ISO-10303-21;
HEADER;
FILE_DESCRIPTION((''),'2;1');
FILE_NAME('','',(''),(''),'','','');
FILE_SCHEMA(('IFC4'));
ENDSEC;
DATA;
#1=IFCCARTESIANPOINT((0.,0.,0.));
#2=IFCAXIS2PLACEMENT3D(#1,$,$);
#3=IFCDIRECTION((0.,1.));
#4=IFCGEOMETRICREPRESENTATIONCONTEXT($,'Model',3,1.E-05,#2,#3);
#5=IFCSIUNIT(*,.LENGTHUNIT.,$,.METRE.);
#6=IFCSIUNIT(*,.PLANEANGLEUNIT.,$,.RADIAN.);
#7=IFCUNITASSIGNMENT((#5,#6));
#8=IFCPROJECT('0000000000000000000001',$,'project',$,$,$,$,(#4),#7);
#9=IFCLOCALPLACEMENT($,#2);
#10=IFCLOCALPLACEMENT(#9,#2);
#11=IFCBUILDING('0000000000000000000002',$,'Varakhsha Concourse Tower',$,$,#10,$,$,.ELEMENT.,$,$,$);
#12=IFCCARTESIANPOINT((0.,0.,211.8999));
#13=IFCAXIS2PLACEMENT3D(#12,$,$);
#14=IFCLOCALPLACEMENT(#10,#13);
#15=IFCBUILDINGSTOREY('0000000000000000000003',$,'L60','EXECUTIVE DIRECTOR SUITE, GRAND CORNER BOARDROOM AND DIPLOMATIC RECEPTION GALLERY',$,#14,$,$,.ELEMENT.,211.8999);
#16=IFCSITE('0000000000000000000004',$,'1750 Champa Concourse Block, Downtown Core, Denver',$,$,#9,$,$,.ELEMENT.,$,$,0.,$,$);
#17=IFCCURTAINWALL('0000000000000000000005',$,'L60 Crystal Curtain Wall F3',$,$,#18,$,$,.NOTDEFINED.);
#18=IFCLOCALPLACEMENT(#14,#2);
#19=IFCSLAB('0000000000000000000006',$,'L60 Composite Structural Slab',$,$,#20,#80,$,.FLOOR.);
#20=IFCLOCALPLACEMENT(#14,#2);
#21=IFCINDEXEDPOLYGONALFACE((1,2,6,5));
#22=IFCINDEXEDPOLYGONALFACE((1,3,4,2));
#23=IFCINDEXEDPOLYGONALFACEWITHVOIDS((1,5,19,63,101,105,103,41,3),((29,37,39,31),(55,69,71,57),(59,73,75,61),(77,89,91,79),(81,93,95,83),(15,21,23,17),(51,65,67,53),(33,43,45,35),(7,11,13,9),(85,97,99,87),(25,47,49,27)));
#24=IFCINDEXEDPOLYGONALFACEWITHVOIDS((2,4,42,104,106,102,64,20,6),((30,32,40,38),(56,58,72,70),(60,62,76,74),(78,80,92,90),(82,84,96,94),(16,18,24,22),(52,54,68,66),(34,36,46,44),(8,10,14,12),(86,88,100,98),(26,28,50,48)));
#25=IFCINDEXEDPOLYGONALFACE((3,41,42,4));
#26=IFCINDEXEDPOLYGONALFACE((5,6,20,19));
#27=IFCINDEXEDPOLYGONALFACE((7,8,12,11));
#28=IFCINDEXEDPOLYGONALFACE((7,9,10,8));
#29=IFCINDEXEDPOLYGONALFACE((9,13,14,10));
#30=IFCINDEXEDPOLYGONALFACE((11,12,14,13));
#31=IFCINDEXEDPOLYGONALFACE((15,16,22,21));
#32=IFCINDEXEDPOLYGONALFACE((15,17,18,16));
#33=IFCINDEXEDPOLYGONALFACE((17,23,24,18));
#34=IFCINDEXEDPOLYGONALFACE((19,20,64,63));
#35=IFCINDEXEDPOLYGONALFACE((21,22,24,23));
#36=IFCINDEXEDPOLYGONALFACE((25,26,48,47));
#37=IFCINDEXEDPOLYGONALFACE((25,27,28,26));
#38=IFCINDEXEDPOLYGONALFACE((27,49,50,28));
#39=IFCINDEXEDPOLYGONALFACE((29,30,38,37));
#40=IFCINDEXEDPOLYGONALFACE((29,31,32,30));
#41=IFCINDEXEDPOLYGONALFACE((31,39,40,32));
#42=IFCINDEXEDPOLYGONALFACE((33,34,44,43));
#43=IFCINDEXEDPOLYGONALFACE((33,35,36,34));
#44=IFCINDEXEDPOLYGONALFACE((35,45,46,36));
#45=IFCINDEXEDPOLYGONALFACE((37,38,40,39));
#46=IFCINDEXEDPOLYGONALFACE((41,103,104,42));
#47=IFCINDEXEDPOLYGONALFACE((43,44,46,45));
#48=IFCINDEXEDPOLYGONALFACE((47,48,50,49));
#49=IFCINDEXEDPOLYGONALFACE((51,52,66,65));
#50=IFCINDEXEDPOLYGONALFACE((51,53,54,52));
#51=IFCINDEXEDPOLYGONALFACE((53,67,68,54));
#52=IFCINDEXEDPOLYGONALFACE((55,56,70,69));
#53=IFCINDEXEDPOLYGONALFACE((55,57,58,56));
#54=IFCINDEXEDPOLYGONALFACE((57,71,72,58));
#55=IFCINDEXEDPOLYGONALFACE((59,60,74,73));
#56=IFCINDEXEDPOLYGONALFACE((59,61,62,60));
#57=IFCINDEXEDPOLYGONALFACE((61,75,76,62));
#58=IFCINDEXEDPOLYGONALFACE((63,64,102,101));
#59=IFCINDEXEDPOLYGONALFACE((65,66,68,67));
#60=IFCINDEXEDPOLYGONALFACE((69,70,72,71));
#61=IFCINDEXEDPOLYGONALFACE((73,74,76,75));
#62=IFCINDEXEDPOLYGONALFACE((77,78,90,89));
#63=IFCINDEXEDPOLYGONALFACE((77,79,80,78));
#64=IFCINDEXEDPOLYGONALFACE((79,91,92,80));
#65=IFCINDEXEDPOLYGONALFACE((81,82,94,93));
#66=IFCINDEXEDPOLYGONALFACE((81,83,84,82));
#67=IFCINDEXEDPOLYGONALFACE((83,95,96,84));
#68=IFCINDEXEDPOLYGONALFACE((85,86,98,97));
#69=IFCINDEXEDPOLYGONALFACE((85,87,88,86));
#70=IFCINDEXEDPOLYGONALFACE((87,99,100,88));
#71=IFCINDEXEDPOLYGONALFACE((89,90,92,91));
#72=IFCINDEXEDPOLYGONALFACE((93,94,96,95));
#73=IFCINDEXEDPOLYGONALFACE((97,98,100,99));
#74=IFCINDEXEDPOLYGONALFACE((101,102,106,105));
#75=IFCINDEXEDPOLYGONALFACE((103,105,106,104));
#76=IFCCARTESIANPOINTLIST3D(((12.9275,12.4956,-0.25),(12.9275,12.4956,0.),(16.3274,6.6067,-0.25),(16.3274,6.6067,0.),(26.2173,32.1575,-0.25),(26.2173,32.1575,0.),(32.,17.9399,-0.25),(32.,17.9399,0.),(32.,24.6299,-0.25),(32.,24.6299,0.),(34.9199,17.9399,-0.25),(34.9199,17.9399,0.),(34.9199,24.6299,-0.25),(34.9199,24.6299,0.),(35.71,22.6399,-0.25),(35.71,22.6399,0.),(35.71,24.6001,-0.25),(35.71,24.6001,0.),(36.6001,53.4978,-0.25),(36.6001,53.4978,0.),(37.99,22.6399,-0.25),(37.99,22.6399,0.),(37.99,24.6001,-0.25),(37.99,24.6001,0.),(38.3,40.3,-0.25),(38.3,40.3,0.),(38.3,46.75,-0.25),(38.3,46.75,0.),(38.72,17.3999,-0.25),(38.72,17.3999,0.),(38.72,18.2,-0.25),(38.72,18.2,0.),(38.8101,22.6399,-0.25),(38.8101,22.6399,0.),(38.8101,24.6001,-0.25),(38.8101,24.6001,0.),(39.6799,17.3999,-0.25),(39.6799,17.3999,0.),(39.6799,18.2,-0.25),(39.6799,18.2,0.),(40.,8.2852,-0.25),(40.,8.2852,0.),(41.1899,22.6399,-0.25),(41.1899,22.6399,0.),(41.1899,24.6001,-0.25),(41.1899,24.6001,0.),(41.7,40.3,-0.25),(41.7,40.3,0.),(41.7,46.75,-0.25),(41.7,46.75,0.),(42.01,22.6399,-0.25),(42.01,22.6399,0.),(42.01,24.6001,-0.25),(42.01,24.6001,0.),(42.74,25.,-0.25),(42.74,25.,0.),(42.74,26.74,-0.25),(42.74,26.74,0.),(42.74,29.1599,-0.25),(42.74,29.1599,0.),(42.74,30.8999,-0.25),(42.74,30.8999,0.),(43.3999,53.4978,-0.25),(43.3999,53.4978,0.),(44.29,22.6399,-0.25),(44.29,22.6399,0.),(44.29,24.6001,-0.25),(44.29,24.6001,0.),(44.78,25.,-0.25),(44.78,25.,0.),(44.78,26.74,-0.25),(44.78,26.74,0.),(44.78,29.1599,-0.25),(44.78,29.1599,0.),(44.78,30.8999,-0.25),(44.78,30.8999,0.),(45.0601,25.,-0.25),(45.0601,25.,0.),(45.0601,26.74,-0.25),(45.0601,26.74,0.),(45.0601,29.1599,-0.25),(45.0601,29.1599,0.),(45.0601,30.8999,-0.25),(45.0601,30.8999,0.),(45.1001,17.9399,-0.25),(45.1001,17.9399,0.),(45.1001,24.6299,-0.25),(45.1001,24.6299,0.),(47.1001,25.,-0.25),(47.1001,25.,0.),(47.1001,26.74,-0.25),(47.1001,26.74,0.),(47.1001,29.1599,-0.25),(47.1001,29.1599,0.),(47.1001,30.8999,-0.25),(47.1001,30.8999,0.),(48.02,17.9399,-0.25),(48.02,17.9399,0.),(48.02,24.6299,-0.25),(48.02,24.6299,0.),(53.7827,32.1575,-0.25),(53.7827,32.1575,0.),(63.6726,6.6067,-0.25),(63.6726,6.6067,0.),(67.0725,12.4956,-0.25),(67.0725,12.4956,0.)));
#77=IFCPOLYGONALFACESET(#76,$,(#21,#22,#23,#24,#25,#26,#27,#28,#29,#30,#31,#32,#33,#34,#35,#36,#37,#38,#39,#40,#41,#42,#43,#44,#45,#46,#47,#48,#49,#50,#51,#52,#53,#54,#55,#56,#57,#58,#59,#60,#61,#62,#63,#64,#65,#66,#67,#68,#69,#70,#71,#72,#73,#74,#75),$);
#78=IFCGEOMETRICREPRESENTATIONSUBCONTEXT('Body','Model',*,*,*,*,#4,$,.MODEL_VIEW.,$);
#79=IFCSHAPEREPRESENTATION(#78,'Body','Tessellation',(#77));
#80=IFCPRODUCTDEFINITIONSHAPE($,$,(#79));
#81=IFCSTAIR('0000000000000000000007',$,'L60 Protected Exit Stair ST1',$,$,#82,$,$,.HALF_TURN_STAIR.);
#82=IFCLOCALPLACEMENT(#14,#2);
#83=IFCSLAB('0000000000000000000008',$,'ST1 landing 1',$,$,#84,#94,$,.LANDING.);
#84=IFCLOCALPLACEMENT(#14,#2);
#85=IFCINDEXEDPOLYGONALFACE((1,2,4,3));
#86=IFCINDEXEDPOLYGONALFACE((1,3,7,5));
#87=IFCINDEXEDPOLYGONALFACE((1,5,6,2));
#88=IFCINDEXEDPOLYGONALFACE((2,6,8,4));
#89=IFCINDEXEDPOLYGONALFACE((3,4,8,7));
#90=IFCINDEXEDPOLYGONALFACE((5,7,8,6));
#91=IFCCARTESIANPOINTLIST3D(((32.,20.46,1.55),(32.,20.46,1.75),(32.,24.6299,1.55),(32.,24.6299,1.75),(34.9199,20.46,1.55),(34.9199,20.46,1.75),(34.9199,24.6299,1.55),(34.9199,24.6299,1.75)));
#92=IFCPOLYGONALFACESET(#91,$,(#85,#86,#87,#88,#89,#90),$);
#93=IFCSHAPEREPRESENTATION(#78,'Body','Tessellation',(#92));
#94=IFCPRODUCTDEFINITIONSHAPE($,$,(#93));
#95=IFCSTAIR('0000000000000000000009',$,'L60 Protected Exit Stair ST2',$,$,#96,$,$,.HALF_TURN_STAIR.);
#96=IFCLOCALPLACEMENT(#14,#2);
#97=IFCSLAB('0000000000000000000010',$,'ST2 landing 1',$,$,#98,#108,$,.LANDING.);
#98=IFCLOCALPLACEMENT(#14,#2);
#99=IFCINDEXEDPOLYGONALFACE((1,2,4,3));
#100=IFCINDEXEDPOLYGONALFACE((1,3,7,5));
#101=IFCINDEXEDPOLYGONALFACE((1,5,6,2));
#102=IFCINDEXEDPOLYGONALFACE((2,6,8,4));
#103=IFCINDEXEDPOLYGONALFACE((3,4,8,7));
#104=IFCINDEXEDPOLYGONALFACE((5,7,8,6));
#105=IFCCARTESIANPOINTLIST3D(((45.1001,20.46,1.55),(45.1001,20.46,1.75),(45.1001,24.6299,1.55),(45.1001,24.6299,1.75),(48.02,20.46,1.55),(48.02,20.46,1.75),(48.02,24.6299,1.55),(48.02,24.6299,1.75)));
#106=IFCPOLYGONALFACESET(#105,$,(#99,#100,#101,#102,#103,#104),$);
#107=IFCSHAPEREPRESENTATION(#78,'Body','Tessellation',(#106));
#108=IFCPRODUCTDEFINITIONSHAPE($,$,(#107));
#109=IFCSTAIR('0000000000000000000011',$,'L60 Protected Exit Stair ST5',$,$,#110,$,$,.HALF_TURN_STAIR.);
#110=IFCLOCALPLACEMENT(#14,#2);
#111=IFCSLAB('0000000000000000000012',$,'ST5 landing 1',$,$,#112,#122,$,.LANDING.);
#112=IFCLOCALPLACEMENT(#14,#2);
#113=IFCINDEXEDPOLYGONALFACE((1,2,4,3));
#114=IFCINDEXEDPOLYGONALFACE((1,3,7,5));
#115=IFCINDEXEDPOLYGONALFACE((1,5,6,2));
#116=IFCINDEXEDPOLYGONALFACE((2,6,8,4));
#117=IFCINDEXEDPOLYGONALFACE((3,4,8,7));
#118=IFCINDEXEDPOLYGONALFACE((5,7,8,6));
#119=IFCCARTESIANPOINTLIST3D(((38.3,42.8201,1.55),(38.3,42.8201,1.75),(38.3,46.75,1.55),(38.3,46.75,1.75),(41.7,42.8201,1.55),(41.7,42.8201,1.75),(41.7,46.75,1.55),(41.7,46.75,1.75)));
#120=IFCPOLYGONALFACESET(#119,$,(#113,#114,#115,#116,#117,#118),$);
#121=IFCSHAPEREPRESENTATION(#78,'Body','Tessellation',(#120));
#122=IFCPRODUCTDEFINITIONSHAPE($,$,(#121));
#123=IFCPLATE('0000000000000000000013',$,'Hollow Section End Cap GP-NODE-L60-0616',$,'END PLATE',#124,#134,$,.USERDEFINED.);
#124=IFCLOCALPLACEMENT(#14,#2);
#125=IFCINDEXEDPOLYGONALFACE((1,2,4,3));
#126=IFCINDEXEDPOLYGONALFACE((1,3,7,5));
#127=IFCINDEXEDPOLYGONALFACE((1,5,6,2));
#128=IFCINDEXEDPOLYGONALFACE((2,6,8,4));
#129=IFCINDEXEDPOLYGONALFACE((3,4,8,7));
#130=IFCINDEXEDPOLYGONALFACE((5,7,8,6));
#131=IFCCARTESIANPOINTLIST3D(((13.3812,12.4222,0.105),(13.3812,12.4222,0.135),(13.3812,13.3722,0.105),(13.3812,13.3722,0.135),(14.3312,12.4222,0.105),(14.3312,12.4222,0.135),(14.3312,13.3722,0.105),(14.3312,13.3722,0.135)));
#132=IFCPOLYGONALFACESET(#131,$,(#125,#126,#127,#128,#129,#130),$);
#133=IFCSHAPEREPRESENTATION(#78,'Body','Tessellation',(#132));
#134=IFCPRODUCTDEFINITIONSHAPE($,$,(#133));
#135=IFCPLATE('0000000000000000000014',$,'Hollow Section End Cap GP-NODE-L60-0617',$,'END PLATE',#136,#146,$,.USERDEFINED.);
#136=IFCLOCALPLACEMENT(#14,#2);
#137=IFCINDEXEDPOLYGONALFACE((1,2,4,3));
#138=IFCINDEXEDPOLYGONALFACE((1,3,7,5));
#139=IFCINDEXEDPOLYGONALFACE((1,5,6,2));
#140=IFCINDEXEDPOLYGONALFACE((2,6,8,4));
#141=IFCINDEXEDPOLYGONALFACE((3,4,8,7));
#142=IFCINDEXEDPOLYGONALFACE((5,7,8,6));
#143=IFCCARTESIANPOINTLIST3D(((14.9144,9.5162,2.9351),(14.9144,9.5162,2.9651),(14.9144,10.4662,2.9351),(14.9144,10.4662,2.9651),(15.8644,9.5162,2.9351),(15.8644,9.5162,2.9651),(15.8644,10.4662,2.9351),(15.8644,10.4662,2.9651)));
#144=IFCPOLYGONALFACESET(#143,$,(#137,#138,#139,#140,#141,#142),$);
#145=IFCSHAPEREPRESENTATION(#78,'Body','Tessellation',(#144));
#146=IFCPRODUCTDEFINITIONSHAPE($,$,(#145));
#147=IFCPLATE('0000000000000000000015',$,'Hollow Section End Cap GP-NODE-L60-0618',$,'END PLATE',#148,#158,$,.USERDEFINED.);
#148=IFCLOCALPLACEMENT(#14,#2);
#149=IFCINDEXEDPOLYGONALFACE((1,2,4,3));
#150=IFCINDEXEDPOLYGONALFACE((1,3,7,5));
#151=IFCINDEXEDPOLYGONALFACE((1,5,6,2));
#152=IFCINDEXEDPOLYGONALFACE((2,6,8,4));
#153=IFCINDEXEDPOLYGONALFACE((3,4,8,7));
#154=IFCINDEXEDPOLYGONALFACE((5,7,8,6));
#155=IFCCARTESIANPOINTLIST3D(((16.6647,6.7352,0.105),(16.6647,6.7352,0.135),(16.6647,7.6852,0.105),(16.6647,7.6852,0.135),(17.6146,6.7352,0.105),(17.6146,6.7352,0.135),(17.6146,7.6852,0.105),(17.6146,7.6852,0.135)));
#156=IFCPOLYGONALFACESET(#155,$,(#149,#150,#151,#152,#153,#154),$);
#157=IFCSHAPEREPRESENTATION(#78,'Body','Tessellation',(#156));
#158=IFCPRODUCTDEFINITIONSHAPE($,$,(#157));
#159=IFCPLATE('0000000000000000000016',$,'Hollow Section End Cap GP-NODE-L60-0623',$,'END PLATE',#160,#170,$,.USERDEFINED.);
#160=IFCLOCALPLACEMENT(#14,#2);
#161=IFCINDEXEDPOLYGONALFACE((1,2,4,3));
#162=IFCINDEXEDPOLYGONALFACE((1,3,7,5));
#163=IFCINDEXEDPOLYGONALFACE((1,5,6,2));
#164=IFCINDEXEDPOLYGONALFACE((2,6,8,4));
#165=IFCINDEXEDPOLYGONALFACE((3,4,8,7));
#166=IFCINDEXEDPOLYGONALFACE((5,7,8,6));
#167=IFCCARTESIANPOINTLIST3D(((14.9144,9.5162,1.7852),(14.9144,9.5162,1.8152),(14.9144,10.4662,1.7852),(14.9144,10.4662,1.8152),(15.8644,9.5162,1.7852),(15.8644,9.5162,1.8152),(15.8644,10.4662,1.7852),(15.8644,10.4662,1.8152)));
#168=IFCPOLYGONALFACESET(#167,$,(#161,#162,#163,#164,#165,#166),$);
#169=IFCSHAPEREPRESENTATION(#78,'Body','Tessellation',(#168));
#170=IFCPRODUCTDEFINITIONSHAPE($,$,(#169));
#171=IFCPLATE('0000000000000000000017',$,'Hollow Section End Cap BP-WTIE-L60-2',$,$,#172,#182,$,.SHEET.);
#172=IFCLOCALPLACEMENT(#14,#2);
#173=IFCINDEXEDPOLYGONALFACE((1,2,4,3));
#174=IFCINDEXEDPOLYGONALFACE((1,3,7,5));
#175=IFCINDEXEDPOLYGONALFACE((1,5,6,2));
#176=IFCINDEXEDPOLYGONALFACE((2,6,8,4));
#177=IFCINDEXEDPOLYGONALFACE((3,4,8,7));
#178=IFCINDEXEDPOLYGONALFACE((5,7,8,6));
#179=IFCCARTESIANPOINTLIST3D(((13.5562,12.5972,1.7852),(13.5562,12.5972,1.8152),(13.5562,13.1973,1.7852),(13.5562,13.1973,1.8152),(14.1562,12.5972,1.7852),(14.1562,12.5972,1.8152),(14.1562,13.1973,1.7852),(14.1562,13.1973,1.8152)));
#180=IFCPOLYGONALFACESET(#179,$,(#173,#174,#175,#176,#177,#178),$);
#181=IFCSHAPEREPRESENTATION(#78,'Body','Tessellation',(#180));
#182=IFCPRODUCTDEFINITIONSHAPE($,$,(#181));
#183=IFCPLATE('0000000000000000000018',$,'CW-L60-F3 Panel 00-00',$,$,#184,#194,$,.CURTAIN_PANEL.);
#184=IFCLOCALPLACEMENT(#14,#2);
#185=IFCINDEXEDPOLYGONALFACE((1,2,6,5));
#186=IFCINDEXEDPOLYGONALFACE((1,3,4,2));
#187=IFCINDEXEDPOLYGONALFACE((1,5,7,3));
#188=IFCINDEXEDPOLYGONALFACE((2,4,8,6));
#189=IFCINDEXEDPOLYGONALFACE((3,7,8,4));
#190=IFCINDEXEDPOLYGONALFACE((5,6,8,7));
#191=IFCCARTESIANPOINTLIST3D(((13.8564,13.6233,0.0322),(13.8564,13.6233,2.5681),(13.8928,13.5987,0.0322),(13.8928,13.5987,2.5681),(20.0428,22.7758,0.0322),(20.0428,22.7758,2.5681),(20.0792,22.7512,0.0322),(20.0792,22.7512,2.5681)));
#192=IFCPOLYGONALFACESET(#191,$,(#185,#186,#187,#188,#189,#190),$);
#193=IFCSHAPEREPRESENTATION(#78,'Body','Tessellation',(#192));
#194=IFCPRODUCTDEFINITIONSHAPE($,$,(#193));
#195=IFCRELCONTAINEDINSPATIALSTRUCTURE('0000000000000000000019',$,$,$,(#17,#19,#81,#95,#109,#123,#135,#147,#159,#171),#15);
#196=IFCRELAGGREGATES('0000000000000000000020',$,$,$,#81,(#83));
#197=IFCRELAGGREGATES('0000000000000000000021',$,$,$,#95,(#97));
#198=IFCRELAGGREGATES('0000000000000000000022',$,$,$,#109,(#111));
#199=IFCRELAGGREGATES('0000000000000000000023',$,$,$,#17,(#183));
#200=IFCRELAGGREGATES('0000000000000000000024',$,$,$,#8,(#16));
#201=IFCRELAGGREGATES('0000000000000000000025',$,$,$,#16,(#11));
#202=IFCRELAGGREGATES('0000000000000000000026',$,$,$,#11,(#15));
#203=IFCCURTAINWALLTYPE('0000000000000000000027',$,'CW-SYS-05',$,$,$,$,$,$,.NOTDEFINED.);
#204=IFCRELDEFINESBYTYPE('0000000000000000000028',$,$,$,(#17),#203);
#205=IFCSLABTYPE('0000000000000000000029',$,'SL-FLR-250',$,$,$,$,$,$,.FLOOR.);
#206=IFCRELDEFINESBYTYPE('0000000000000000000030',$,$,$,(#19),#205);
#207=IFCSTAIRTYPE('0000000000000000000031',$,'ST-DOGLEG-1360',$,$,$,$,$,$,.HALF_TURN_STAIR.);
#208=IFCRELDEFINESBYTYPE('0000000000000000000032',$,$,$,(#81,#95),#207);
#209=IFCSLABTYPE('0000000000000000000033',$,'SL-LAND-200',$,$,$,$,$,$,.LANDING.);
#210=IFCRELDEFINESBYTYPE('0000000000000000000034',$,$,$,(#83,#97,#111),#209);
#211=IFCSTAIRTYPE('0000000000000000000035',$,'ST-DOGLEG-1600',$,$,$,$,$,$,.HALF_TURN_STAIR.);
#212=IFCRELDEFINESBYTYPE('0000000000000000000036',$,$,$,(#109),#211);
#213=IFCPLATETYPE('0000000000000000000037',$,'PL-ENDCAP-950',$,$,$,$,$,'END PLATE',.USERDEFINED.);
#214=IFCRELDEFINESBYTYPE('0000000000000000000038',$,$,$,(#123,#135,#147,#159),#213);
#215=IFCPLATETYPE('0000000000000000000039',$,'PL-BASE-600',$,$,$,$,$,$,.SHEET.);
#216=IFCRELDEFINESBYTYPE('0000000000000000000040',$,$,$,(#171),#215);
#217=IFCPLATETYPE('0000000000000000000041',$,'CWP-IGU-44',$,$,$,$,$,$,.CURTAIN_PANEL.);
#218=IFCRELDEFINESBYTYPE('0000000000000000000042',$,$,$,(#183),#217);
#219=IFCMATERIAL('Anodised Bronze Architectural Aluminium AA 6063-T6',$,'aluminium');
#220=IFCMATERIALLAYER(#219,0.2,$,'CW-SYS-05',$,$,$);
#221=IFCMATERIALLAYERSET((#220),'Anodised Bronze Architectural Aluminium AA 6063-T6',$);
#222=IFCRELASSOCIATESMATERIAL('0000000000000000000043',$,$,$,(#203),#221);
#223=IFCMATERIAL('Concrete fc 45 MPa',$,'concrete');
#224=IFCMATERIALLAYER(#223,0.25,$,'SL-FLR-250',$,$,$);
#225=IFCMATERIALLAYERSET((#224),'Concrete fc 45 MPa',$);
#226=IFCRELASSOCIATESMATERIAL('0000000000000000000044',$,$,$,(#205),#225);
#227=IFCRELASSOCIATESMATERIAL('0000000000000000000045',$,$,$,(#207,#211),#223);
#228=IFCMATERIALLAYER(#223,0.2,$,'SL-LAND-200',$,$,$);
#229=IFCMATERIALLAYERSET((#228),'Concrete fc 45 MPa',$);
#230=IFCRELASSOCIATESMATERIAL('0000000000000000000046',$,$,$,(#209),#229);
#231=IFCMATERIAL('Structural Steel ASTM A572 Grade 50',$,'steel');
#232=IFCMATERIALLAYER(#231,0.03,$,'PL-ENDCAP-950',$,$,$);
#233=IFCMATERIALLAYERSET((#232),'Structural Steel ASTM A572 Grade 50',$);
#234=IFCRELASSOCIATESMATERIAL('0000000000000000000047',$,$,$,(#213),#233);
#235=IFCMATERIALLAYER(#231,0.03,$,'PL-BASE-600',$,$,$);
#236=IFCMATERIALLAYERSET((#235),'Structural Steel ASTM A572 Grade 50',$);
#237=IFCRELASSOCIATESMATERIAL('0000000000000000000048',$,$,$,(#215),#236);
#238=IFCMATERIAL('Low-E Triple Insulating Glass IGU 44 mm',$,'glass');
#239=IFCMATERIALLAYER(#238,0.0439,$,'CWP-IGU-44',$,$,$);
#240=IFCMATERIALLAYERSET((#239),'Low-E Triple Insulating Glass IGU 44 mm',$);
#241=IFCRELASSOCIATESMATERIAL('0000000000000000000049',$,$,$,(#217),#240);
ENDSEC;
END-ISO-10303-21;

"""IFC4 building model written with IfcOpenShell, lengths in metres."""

from ifc_helpers import new_model, si_unit, direction, frame, origin, origin_2d, place, context, subcontext, project, spatial, polyline, rectangle, outline, extrude, source, transform, mapped, material, layer, layer_set, type_object, type_shapes, element, aggregate, save


model = new_model("IFC4")

# Units and contexts
model_context = context("Model", 3, precision=1e-05, world=origin(), true_north=direction((0.0, 1.0)))
body_context = subcontext(model_context, "Body", "Model", "MODEL_VIEW")
ifc_project = project(units=[si_unit("LENGTHUNIT", "METRE"), si_unit("PLANEANGLEUNIT", "RADIAN")], contexts=[model_context])

# Site, building, storey
site_placement = place(None, origin())
site = spatial("IfcSite", under=ifc_project, at=site_placement, Name="1750 Champa Concourse Block, Downtown Core, Denver", CompositionType="ELEMENT", RefElevation=0.0)
building_placement = place(site_placement, origin())
building = spatial("IfcBuilding", under=site, at=building_placement, Name="Varakhsha Concourse Tower", CompositionType="ELEMENT")
storey_placement = place(building_placement, frame((0.0, 0.0, 211.8999)))
storey = spatial("IfcBuildingStorey", under=building, at=storey_placement, Name="L60", Description="EXECUTIVE DIRECTOR SUITE, GRAND CORNER BOARDROOM AND DIPLOMATIC RECEPTION GALLERY", CompositionType="ELEMENT", Elevation=211.8999)

# Shared definitions
ifc_material_1 = material(Name="Structural Steel ASTM A572 Grade 50", Category="steel")

# Curtain wall
ifc_material_2 = material(Name="Anodised Bronze Architectural Aluminium AA 6063-T6", Category="aluminium")
ifc_layer_1 = layer(ifc_material_2, 0.2, Name="CW-SYS-05")
ifc_layer_set_1 = layer_set([ifc_layer_1], Name="Anodised Bronze Architectural Aluminium AA 6063-T6")
curtain_wall_type = type_object("IfcCurtainWallType", Name="CW-SYS-05", PredefinedType="NOTDEFINED", material=ifc_layer_set_1)
curtain_wall_1_placement = place(storey_placement, origin())
curtain_wall_1 = element("IfcCurtainWall", 1, at=curtain_wall_1_placement, inside=storey, type_object=curtain_wall_type, Name="L60 Crystal Curtain Wall F3", PredefinedType="NOTDEFINED")

# Slab
ifc_material_3 = material(Name="Concrete fc 45 MPa", Category="concrete")
ifc_layer_2 = layer(ifc_material_3, 0.25, Name="SL-FLR-250")
ifc_layer_set_2 = layer_set([ifc_layer_2], Name="Concrete fc 45 MPa")
slab_type_1 = type_object("IfcSlabType", Name="SL-FLR-250", PredefinedType="FLOOR", material=ifc_layer_set_2)
slab_1_placement = place(storey_placement, frame((0.0, 0.0, -0.25)))
element("IfcSlab", 2, at=slab_1_placement, inside=storey, type_object=slab_type_1, Name="L60 Composite Structural Slab", PredefinedType="FLOOR", context=body_context, shape_type="SweptSolid", body=[
    extrude(outline(polyline([(43.3999, 53.4978), (36.6001, 53.4978), (26.2173, 32.1575), (12.9275, 12.4956), (16.3274, 6.6067), (40.0, 8.2852), (63.6726, 6.6067), (67.0725, 12.4956), (53.7827, 32.1575), (43.3999, 53.4978)]), holes=[polyline([(34.9199, 17.9399), (34.9199, 24.6299), (32.0, 24.6299), (32.0, 17.9399), (34.9199, 17.9399)]), polyline([(48.02, 17.9399), (48.02, 24.6299), (45.1001, 24.6299), (45.1001, 17.9399), (48.02, 17.9399)]), polyline([(41.7, 40.3), (41.7, 46.75), (38.3, 46.75), (38.3, 40.3), (41.7, 40.3)]), polyline([(42.74, 29.1599), (44.78, 29.1599), (44.78, 30.8999), (42.74, 30.8999), (42.74, 29.1599)]), polyline([(45.0601, 29.1599), (47.1001, 29.1599), (47.1001, 30.8999), (45.0601, 30.8999), (45.0601, 29.1599)]), polyline([(42.74, 25.0), (44.78, 25.0), (44.78, 26.74), (42.74, 26.74), (42.74, 25.0)]), polyline([(45.0601, 25.0), (47.1001, 25.0), (47.1001, 26.74), (45.0601, 26.74), (45.0601, 25.0)]), polyline([(35.71, 22.6399), (37.99, 22.6399), (37.99, 24.6001), (35.71, 24.6001), (35.71, 22.6399)]), polyline([(42.01, 22.6399), (44.29, 22.6399), (44.29, 24.6001), (42.01, 24.6001), (42.01, 22.6399)]), polyline([(38.8101, 22.6399), (41.1899, 22.6399), (41.1899, 24.6001), (38.8101, 24.6001), (38.8101, 22.6399)]), polyline([(38.72, 17.3999), (39.6799, 17.3999), (39.6799, 18.2), (38.72, 18.2), (38.72, 17.3999)])]), origin(), (0.0, 0.0, 1.0), 0.25),
])

# Stairs, slabs
stair_type_1 = type_object("IfcStairType", Name="ST-DOGLEG-1360", PredefinedType="HALF_TURN_STAIR", material=ifc_material_3)
stair_1_placement = place(storey_placement, origin())
stair_1 = element("IfcStair", 3, at=stair_1_placement, inside=storey, type_object=stair_type_1, Name="L60 Protected Exit Stair ST1", PredefinedType="HALF_TURN_STAIR")
ifc_layer_3 = layer(ifc_material_3, 0.2, Name="SL-LAND-200")
ifc_layer_set_3 = layer_set([ifc_layer_3], Name="Concrete fc 45 MPa")
slab_type_2 = type_object("IfcSlabType", Name="SL-LAND-200", PredefinedType="LANDING", material=ifc_layer_set_3)
slab_2_placement = place(storey_placement, frame((0.0, 0.0, 1.55)))
slab_2 = element("IfcSlab", 4, at=slab_2_placement, type_object=slab_type_2, Name="ST1 landing 1", PredefinedType="LANDING", context=body_context, shape_type="SweptSolid", body=[
    extrude(outline(polyline([(34.9199, 20.46), (34.9199, 24.6299), (32.0, 24.6299), (32.0, 20.46), (34.9199, 20.46)])), origin(), (0.0, 0.0, 1.0), 0.2),
])
aggregate(stair_1, [slab_2])
stair_2_placement = place(storey_placement, origin())
stair_2 = element("IfcStair", 5, at=stair_2_placement, inside=storey, type_object=stair_type_1, Name="L60 Protected Exit Stair ST2", PredefinedType="HALF_TURN_STAIR")
slab_3_placement = place(storey_placement, frame((0.0, 0.0, 1.55)))
slab_3 = element("IfcSlab", 6, at=slab_3_placement, type_object=slab_type_2, Name="ST2 landing 1", PredefinedType="LANDING", context=body_context, shape_type="SweptSolid", body=[
    extrude(outline(polyline([(48.02, 20.46), (48.02, 24.6299), (45.1001, 24.6299), (45.1001, 20.46), (48.02, 20.46)])), origin(), (0.0, 0.0, 1.0), 0.2),
])
aggregate(stair_2, [slab_3])
stair_type_2 = type_object("IfcStairType", Name="ST-DOGLEG-1600", PredefinedType="HALF_TURN_STAIR", material=ifc_material_3)
stair_3_placement = place(storey_placement, origin())
stair_3 = element("IfcStair", 7, at=stair_3_placement, inside=storey, type_object=stair_type_2, Name="L60 Protected Exit Stair ST5", PredefinedType="HALF_TURN_STAIR")
slab_4_placement = place(storey_placement, frame((0.0, 0.0, 1.55)))
slab_4 = element("IfcSlab", 8, at=slab_4_placement, type_object=slab_type_2, Name="ST5 landing 1", PredefinedType="LANDING", context=body_context, shape_type="SweptSolid", body=[
    extrude(outline(polyline([(41.7, 42.8201), (41.7, 46.75), (38.3, 46.75), (38.3, 42.8201), (41.7, 42.8201)])), origin(), (0.0, 0.0, 1.0), 0.2),
])
aggregate(stair_3, [slab_4])

# Plates
ifc_layer_4 = layer(ifc_material_1, 0.03, Name="PL-ENDCAP-950")
ifc_layer_set_4 = layer_set([ifc_layer_4], Name="Structural Steel ASTM A572 Grade 50")
plate_type_1 = type_object("IfcPlateType", Name="PL-ENDCAP-950", ElementType="END PLATE", PredefinedType="USERDEFINED", material=ifc_layer_set_4)
shared_shape_1 = source(origin(), body_context, "Body", "SweptSolid", [
    extrude(rectangle(XDim=0.95, YDim=0.95, at=origin_2d()), origin(), (0.0, 0.0, 1.0), 0.03),
])
type_shapes(plate_type_1, [shared_shape_1])
for number, where, z_axis, x_axis, name in (
    (9, (13.8562, 12.8972, 0.105), (0.0, 0.0, 1.0), (1.0, 0.0, 0.0), "Hollow Section End Cap GP-NODE-L60-0616"),
    (10, (15.3894, 9.9912, 2.9351), (0.0, 0.0, 1.0), (1.0, 0.0, 0.0), "Hollow Section End Cap GP-NODE-L60-0617"),
    (11, (17.1396, 7.2102, 0.105), (0.0, 0.0, 1.0), (1.0, 0.0, 0.0), "Hollow Section End Cap GP-NODE-L60-0618"),
    (12, (15.3894, 9.9912, 1.7852), (0.0, 0.0, 1.0), (1.0, 0.0, 0.0), "Hollow Section End Cap GP-NODE-L60-0623"),
):
    element("IfcPlate", number, at=place(storey_placement, frame(where, z_axis=z_axis, x_axis=x_axis)), inside=storey, type_object=plate_type_1, Name=name, ObjectType="END PLATE", PredefinedType="USERDEFINED", context=body_context, shape_type="MappedRepresentation", body=[
        mapped(shared_shape_1, transform((0.0, 0.0, 0.0), scale=1.0)),
    ])
ifc_layer_5 = layer(ifc_material_1, 0.03, Name="PL-BASE-600")
ifc_layer_set_5 = layer_set([ifc_layer_5], Name="Structural Steel ASTM A572 Grade 50")
plate_type_2 = type_object("IfcPlateType", Name="PL-BASE-600", PredefinedType="SHEET", material=ifc_layer_set_5)
shared_shape_2 = source(origin(), body_context, "Body", "SweptSolid", [
    extrude(rectangle(XDim=0.6001, YDim=0.6001, at=origin_2d()), origin(), (0.0, 0.0, 1.0), 0.03),
])
type_shapes(plate_type_2, [shared_shape_2])
plate_1_placement = place(storey_placement, frame((13.8562, 12.8972, 1.7852), z_axis=(0.0, 0.0, 1.0), x_axis=(1.0, 0.0, 0.0)))
element("IfcPlate", 13, at=plate_1_placement, inside=storey, type_object=plate_type_2, Name="Hollow Section End Cap BP-WTIE-L60-2", PredefinedType="SHEET", context=body_context, shape_type="MappedRepresentation", body=[
    mapped(shared_shape_2, transform((0.0, 0.0, 0.0), scale=1.0)),
])

# Plate
ifc_material_4 = material(Name="Low-E Triple Insulating Glass IGU 44 mm", Category="glass")
ifc_layer_6 = layer(ifc_material_4, 0.0439, Name="CWP-IGU-44")
ifc_layer_set_6 = layer_set([ifc_layer_6], Name="Low-E Triple Insulating Glass IGU 44 mm")
plate_type_3 = type_object("IfcPlateType", Name="CWP-IGU-44", PredefinedType="CURTAIN_PANEL", material=ifc_layer_set_6)
shared_shape_3 = source(origin(), body_context, "Body", "SweptSolid", [
    extrude(rectangle(XDim=11.0471, YDim=0.0439, at=origin_2d()), origin(), (0.0, 0.0, 1.0), 2.5359),
])
type_shapes(plate_type_3, [shared_shape_3])
plate_2_placement = place(storey_placement, frame((16.9678, 18.1873, 0.0322), z_axis=(0.0, 0.0, 1.0), x_axis=(0.559999, 0.828494, 0.0)))
plate_2 = element("IfcPlate", 14, at=plate_2_placement, type_object=plate_type_3, Name="CW-L60-F3 Panel 00-00", PredefinedType="CURTAIN_PANEL", context=body_context, shape_type="MappedRepresentation", body=[
    mapped(shared_shape_3, transform((0.0, 0.0, 0.0), scale=1.0)),
])
aggregate(curtain_wall_1, [plate_2])

save(model, "model.ifc")
